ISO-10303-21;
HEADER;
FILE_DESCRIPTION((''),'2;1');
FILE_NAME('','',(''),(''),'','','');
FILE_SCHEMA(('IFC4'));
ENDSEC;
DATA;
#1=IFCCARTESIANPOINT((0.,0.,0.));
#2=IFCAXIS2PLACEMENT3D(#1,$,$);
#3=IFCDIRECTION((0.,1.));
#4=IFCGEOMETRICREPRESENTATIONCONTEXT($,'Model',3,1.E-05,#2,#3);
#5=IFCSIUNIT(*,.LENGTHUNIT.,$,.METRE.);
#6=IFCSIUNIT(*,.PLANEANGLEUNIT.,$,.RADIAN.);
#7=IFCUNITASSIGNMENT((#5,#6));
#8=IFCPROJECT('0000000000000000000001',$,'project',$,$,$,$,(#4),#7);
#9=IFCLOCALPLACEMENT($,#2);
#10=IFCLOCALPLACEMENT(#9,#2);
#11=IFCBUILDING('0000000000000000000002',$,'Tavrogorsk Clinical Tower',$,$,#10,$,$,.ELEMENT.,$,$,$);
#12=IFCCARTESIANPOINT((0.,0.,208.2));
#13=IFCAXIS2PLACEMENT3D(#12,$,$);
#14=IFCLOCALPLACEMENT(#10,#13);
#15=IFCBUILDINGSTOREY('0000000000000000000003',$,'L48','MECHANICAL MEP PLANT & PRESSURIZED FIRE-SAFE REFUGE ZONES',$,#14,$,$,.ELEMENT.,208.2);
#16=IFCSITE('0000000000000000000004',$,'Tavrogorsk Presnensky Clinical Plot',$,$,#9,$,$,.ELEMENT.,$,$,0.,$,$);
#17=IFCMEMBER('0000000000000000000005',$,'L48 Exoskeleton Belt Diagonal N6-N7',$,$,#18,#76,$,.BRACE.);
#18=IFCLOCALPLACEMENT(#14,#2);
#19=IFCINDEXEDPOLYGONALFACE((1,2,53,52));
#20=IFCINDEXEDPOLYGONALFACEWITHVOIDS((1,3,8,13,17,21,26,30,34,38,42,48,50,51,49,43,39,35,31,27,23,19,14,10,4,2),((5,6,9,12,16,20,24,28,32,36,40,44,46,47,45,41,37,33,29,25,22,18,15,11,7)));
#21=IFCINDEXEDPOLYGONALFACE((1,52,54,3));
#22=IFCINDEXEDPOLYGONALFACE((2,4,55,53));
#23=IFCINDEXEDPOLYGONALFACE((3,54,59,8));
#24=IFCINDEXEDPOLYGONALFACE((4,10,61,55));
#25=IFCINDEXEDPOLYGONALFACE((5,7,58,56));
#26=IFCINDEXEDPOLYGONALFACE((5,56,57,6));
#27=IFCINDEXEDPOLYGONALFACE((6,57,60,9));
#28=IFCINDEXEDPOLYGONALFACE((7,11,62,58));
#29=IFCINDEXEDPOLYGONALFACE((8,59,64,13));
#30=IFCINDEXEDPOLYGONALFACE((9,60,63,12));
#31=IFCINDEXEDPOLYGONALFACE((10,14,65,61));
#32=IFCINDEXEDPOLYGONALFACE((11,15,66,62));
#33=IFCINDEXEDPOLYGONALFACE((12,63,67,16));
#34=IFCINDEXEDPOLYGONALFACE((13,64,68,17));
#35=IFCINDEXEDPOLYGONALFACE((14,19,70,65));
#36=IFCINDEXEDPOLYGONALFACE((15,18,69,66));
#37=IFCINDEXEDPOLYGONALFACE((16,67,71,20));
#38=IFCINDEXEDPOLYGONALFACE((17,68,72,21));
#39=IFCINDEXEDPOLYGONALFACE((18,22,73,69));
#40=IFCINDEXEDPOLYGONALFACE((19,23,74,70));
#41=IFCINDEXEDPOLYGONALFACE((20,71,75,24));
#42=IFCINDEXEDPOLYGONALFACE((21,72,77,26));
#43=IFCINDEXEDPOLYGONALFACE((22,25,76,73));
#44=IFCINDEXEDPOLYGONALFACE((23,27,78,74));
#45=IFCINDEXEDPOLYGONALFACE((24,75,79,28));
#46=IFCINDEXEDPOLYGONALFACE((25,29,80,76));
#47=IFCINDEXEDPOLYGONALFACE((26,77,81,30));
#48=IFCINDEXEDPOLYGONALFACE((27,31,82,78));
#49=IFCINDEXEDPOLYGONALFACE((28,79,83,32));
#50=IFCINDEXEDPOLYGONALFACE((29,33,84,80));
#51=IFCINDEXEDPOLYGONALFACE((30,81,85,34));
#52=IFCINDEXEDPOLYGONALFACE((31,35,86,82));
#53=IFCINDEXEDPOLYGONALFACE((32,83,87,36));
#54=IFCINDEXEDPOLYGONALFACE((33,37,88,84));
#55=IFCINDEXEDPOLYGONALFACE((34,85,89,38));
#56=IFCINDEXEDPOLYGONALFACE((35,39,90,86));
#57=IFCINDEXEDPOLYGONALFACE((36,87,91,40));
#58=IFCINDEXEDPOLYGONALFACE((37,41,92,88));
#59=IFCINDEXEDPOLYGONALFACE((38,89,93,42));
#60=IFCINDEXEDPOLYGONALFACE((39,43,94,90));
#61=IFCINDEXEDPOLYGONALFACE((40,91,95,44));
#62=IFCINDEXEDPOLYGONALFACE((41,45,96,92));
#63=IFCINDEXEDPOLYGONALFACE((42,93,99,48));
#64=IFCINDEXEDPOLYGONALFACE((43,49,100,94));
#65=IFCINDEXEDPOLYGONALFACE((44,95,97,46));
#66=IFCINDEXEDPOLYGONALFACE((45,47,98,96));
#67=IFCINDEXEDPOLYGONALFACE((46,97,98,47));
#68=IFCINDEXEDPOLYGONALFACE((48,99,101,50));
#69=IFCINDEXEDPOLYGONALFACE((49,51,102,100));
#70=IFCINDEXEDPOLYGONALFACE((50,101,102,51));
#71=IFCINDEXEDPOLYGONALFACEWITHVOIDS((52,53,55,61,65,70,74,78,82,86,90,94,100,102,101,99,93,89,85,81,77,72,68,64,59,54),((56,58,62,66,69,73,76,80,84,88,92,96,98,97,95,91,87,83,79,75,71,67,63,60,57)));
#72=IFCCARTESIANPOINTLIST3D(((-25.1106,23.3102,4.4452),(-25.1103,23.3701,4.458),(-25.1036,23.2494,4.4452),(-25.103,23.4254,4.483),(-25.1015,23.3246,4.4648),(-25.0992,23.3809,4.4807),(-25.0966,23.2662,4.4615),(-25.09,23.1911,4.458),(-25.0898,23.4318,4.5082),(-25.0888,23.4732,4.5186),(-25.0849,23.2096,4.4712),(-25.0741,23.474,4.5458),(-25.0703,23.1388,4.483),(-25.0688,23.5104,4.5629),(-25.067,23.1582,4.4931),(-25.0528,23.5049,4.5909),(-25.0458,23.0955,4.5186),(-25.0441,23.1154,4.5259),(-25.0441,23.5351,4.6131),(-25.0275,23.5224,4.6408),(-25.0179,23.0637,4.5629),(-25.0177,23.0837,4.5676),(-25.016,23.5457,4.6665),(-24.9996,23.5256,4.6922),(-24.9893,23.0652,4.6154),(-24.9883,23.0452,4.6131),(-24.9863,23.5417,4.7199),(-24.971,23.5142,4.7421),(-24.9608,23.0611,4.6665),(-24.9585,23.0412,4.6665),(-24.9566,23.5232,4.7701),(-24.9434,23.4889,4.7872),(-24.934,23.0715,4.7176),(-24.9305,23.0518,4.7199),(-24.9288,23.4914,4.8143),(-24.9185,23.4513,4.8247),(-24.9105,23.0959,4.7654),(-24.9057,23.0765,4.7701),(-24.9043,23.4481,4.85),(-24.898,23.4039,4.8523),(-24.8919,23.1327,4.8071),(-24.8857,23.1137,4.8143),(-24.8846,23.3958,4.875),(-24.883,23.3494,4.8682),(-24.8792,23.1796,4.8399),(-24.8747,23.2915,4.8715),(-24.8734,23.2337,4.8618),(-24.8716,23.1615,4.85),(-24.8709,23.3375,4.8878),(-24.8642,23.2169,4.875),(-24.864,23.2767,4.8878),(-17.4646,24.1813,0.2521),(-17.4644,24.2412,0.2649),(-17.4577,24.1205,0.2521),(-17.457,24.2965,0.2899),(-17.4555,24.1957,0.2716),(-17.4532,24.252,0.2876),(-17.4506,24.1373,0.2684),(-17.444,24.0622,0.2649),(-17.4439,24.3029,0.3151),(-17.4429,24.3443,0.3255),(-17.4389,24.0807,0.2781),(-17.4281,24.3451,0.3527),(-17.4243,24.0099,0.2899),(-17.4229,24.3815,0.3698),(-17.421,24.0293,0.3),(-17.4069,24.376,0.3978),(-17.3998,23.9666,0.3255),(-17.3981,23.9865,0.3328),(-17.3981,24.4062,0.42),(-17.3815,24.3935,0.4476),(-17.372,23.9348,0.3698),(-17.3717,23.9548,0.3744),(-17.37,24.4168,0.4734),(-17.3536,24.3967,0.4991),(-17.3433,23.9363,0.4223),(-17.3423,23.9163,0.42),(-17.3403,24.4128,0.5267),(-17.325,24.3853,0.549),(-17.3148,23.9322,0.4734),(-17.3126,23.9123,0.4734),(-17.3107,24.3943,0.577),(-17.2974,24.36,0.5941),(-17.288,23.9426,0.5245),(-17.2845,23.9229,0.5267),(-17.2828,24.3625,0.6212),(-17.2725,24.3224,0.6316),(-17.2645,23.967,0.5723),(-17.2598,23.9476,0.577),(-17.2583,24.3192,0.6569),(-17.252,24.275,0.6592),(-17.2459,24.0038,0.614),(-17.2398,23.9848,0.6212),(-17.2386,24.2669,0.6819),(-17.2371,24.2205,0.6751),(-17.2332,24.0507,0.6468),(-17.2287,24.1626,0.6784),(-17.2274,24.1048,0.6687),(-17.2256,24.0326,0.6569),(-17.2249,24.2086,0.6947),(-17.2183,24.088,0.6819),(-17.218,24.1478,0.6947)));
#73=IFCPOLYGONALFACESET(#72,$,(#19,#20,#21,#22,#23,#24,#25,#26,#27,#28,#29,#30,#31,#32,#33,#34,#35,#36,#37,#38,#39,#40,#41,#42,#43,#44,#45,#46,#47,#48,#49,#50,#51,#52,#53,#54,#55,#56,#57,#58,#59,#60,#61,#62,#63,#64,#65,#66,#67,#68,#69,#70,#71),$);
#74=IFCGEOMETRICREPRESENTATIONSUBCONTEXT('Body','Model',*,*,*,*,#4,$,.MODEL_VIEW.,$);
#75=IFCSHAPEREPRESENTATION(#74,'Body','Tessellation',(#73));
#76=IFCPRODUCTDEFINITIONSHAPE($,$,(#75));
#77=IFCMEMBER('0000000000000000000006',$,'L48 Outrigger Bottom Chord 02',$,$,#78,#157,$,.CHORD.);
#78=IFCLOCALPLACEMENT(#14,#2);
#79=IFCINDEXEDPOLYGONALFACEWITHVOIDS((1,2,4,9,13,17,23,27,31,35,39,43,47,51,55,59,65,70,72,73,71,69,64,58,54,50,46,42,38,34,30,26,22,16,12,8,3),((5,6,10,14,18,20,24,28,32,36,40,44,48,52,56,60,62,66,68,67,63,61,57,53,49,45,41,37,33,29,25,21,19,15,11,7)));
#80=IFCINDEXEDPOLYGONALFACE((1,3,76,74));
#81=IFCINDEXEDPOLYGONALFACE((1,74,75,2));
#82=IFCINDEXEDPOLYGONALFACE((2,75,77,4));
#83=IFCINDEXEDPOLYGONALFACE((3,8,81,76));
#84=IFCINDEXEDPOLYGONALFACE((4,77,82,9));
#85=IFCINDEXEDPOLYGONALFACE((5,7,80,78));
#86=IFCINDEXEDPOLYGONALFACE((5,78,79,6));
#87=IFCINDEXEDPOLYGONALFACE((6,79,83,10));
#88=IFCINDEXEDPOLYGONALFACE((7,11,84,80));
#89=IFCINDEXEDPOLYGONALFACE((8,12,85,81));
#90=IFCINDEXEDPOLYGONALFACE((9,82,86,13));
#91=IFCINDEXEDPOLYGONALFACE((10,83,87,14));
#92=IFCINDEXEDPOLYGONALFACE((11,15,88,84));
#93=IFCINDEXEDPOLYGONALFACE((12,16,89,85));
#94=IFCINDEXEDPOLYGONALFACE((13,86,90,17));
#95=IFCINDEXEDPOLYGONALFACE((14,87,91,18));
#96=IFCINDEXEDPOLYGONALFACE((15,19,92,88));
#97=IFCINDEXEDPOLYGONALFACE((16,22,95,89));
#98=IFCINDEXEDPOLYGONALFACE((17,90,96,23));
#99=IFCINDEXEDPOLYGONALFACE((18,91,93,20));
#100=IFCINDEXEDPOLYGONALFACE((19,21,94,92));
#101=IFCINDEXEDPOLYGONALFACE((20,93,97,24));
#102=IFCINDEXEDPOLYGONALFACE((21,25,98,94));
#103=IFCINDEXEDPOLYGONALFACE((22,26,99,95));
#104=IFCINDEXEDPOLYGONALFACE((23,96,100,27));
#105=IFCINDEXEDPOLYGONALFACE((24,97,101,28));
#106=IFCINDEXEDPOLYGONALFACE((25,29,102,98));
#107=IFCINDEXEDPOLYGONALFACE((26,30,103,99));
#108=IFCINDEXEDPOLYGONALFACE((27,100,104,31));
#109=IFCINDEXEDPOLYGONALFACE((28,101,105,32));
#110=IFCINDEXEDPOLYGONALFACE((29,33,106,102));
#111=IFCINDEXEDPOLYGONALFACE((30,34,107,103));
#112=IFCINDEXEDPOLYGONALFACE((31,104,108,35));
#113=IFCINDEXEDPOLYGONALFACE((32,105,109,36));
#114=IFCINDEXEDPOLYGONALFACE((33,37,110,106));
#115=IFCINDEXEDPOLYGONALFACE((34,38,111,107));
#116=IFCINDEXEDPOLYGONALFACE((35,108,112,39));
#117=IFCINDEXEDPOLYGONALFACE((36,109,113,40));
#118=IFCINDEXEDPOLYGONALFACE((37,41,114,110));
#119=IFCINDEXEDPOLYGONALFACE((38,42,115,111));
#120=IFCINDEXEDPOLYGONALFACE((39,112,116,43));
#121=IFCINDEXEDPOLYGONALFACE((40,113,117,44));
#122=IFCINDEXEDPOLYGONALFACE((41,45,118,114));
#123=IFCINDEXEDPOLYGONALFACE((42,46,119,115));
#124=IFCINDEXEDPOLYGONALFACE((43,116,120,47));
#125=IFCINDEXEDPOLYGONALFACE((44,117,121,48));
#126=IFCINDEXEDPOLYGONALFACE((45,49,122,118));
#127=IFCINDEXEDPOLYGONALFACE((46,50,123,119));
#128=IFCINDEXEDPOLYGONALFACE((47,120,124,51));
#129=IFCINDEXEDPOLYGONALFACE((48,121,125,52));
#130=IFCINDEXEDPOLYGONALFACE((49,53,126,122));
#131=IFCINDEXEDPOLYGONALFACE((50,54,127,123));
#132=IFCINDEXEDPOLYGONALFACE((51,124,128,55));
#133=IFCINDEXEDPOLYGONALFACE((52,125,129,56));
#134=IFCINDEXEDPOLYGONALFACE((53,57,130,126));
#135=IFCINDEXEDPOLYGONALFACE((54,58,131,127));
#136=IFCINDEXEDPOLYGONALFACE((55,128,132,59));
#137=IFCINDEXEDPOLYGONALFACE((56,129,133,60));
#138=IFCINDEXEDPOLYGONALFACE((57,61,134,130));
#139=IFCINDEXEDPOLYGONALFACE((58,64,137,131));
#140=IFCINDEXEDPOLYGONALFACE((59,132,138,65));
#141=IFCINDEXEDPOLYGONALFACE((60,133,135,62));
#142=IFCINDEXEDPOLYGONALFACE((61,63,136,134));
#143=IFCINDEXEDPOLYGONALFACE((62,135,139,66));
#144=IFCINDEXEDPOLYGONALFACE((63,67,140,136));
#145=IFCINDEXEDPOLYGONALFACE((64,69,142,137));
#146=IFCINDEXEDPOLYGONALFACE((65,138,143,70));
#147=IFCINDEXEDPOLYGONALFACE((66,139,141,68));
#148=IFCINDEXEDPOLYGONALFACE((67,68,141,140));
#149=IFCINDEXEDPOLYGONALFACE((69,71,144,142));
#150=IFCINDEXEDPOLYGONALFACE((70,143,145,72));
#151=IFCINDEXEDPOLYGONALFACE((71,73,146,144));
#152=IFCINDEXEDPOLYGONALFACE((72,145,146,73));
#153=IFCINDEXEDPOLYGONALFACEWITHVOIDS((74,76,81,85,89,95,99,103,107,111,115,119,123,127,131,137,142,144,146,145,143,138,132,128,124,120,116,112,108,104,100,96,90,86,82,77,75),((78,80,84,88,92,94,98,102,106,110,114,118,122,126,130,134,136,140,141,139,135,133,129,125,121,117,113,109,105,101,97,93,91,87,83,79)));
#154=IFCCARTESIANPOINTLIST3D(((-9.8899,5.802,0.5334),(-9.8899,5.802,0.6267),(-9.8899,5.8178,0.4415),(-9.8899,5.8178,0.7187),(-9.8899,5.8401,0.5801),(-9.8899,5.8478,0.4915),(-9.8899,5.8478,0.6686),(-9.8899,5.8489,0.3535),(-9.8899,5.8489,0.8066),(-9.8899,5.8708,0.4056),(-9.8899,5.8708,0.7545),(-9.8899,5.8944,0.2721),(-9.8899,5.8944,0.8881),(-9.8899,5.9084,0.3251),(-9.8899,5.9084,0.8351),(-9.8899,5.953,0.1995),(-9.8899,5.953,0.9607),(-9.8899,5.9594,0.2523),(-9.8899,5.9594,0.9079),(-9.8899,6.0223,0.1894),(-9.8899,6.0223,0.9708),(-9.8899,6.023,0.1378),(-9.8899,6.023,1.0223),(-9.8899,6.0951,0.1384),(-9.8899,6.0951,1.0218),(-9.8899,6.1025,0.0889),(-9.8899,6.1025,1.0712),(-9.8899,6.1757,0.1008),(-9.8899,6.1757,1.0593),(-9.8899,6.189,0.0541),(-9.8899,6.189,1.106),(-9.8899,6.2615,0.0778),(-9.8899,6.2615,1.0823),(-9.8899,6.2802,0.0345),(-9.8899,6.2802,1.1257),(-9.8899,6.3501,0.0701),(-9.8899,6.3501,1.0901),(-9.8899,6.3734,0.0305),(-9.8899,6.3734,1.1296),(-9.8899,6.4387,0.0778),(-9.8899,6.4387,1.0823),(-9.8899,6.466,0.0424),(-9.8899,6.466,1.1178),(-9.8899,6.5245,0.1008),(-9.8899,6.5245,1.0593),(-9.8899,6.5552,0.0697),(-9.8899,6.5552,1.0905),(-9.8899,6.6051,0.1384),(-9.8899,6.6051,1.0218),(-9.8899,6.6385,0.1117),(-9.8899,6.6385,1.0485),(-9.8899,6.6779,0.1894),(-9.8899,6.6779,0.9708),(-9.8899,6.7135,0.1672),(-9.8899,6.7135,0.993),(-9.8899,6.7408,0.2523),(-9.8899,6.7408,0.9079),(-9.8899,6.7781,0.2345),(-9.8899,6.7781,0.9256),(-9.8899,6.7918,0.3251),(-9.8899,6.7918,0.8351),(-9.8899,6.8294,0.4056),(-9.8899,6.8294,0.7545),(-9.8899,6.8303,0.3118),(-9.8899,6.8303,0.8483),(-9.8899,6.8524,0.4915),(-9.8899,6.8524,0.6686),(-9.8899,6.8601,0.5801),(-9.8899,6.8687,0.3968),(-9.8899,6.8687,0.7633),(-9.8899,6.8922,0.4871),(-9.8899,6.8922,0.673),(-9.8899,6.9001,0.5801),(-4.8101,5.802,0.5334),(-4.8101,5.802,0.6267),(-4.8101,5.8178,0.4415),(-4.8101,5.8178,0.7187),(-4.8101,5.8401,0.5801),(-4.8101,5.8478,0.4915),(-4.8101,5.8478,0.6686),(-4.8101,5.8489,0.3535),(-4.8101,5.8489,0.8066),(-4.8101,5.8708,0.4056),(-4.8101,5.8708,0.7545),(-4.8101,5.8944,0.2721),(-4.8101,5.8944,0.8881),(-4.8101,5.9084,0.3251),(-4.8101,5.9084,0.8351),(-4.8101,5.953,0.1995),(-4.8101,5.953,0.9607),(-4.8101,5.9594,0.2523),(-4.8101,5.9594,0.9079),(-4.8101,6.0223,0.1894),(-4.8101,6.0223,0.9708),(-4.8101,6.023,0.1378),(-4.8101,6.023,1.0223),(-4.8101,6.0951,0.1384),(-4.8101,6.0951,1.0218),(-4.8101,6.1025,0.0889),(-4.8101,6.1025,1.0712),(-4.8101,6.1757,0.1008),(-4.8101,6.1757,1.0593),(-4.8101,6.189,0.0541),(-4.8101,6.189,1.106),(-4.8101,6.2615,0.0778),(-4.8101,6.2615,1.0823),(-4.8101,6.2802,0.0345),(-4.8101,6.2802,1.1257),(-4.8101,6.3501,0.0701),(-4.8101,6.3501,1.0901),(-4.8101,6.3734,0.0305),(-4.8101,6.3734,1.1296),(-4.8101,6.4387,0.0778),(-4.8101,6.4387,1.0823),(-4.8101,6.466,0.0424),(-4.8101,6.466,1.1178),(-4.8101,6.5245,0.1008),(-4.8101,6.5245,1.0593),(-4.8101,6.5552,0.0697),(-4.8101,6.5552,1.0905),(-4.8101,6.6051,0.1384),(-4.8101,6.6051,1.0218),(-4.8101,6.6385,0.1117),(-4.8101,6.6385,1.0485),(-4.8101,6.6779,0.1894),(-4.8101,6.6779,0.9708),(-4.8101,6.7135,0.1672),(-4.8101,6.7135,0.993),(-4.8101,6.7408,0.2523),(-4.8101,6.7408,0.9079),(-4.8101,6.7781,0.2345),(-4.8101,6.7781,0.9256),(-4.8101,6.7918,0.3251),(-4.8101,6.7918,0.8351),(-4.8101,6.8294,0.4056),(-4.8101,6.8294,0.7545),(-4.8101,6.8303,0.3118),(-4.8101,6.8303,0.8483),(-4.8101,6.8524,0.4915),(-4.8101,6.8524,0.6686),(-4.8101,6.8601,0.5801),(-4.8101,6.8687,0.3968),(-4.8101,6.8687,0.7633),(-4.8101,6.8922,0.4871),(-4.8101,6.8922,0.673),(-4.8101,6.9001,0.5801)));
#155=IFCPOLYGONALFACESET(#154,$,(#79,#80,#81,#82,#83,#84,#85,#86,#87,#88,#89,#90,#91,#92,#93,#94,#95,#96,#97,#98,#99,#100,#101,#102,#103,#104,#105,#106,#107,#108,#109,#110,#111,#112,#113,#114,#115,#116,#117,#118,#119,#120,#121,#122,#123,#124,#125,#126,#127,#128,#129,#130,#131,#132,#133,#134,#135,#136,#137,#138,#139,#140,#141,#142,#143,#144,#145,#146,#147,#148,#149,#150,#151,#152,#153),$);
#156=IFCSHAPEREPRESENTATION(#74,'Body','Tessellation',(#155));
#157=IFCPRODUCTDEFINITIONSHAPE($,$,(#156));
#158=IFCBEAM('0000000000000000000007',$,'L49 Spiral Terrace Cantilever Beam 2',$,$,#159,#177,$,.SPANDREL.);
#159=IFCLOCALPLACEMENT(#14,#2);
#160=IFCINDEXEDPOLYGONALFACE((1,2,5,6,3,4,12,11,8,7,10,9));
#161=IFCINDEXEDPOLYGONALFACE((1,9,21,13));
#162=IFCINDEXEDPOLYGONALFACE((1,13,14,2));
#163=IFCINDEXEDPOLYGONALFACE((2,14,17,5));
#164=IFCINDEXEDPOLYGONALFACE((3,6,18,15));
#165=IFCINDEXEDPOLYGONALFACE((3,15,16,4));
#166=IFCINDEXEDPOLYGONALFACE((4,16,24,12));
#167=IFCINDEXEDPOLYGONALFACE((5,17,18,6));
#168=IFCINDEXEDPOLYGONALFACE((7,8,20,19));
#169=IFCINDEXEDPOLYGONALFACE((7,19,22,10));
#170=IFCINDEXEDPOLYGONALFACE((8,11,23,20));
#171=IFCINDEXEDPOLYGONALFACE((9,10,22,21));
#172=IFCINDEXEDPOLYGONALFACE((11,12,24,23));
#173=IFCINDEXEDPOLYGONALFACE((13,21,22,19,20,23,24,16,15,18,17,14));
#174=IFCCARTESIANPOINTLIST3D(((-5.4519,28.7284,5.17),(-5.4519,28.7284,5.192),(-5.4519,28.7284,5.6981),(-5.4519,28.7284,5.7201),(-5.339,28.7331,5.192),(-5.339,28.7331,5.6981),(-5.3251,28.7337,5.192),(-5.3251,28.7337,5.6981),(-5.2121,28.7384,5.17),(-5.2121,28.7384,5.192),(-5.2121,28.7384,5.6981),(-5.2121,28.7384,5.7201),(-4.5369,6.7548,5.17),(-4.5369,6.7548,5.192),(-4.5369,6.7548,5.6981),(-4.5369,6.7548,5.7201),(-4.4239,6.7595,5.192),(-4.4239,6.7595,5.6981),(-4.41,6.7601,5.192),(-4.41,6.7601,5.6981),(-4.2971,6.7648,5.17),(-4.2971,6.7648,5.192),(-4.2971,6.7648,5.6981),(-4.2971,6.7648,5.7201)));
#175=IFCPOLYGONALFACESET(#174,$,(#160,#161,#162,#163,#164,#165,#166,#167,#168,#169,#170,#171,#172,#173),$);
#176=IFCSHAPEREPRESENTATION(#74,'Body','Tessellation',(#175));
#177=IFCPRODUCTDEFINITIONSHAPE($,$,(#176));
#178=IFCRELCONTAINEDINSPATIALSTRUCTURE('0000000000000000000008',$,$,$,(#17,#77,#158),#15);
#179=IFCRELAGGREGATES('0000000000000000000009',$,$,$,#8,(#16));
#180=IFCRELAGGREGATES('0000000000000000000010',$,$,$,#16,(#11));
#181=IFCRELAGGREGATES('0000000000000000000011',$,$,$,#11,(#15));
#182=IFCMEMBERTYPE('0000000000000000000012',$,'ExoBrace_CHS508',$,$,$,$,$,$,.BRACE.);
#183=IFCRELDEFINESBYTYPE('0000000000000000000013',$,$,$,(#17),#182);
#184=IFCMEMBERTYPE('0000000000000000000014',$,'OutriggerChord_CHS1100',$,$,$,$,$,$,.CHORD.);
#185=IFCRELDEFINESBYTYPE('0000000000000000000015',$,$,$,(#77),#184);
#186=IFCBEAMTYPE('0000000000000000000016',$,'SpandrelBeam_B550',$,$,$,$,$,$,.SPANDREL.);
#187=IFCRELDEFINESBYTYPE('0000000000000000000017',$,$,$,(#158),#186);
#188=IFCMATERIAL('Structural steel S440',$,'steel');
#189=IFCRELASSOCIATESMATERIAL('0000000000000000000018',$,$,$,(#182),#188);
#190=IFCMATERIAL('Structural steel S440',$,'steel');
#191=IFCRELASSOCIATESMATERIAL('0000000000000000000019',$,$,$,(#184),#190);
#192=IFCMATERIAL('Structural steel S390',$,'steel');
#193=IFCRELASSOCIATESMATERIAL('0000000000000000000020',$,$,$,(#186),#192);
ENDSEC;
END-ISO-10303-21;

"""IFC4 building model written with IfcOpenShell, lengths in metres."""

from ifc_helpers import new_model, si_unit, direction, frame, origin, origin_2d, place, context, subcontext, project, spatial, hollow_circle, i_section, extrude, material, material_profile, profile_set, type_object, element, save


model = new_model("IFC4")

# Units and contexts
model_context = context("Model", 3, precision=1e-05, world=origin(), true_north=direction((0.0, 1.0)))
body_context = subcontext(model_context, "Body", "Model", "MODEL_VIEW")
ifc_project = project(units=[si_unit("LENGTHUNIT", "METRE"), si_unit("PLANEANGLEUNIT", "RADIAN")], contexts=[model_context])

# Site, building, storey
site_placement = place(None, origin())
site = spatial("IfcSite", under=ifc_project, at=site_placement, Name="Tavrogorsk Presnensky Clinical Plot", CompositionType="ELEMENT", RefElevation=0.0)
building_placement = place(site_placement, origin())
building = spatial("IfcBuilding", under=site, at=building_placement, Name="Tavrogorsk Clinical Tower", CompositionType="ELEMENT")
storey_placement = place(building_placement, frame((0.0, 0.0, 208.2)))
storey = spatial("IfcBuildingStorey", under=building, at=storey_placement, Name="L48", Description="MECHANICAL MEP PLANT & PRESSURIZED FIRE-SAFE REFUGE ZONES", CompositionType="ELEMENT", Elevation=208.2)

# Members
ifc_material_1 = material(Name="Structural steel S440", Category="steel")
ifc_material_profile_1 = material_profile(ifc_material_1, hollow_circle(Radius=0.2539, WallThickness=0.02, at=origin_2d()), Name="CHS-508x20")
ifc_profile_set_1 = profile_set([ifc_material_profile_1], Name="Structural steel S440")
member_type_1 = type_object("IfcMemberType", Name="ExoBrace_CHS508", PredefinedType="BRACE", material=ifc_profile_set_1)
for number, where, z_axis, x_axis, name in (
    (1, (-17.3413, 24.1646, 0.4734), (-0.872463, -0.099398, 0.478465), (0.113196, -0.993573, 0.0), "L48 Exoskeleton Belt Diagonal N6-N7"),
):
    element("IfcMember", number, at=place(storey_placement, frame(where, z_axis=z_axis, x_axis=x_axis)), inside=storey, type_object=member_type_1, Name=name, PredefinedType="BRACE", context=body_context, shape_type="SweptSolid", body=[
        extrude(hollow_circle(Radius=0.2539, WallThickness=0.02, at=origin_2d()), origin(), (0.0, 0.0, 1.0), 8.7637),
    ])
ifc_material_2 = material(Name="Structural steel S440", Category="steel")
ifc_material_profile_2 = material_profile(ifc_material_2, hollow_circle(Radius=0.55, WallThickness=0.04, at=origin_2d()), Name="CHS-1100x40")
ifc_profile_set_2 = profile_set([ifc_material_profile_2], Name="Structural steel S440")
member_type_2 = type_object("IfcMemberType", Name="OutriggerChord_CHS1100", PredefinedType="CHORD", material=ifc_profile_set_2)
member_placement = place(storey_placement, frame((-9.8899, 6.3501, 0.5801), z_axis=(1.0, 0.0, 0.0), x_axis=(0.0, 1.0, 0.0)))
element("IfcMember", 2, at=member_placement, inside=storey, type_object=member_type_2, Name="L48 Outrigger Bottom Chord 02", PredefinedType="CHORD", context=body_context, shape_type="SweptSolid", body=[
    extrude(hollow_circle(Radius=0.55, WallThickness=0.04, at=origin_2d()), origin(), (0.0, 0.0, 1.0), 5.0798),
])

# Beam
ifc_material_3 = material(Name="Structural steel S390", Category="steel")
ifc_material_profile_3 = material_profile(ifc_material_3, i_section(OverallWidth=0.24, OverallDepth=0.55, WebThickness=0.0139, FlangeThickness=0.022, at=origin_2d()), Name="B-550x240x14x22")
ifc_profile_set_3 = profile_set([ifc_material_profile_3], Name="Structural steel S390")
beam_type_1 = type_object("IfcBeamType", Name="SpandrelBeam_B550", PredefinedType="SPANDREL", material=ifc_profile_set_3)
beam_1_placement = place(storey_placement, frame((-4.417, 6.7598, 5.4451), z_axis=(-0.041607, 0.999134, 0.0), x_axis=(-0.999134, -0.041607, 0.0)))
element("IfcBeam", 3, at=beam_1_placement, inside=storey, type_object=beam_type_1, Name="L49 Spiral Terrace Cantilever Beam 2", PredefinedType="SPANDREL", context=body_context, shape_type="SweptSolid", body=[
    extrude(i_section(OverallWidth=0.24, OverallDepth=0.55, WebThickness=0.0139, FlangeThickness=0.022, at=origin_2d()), origin(), (0.0, 0.0, 1.0), 21.9927),
])

save(model, "model.ifc")
